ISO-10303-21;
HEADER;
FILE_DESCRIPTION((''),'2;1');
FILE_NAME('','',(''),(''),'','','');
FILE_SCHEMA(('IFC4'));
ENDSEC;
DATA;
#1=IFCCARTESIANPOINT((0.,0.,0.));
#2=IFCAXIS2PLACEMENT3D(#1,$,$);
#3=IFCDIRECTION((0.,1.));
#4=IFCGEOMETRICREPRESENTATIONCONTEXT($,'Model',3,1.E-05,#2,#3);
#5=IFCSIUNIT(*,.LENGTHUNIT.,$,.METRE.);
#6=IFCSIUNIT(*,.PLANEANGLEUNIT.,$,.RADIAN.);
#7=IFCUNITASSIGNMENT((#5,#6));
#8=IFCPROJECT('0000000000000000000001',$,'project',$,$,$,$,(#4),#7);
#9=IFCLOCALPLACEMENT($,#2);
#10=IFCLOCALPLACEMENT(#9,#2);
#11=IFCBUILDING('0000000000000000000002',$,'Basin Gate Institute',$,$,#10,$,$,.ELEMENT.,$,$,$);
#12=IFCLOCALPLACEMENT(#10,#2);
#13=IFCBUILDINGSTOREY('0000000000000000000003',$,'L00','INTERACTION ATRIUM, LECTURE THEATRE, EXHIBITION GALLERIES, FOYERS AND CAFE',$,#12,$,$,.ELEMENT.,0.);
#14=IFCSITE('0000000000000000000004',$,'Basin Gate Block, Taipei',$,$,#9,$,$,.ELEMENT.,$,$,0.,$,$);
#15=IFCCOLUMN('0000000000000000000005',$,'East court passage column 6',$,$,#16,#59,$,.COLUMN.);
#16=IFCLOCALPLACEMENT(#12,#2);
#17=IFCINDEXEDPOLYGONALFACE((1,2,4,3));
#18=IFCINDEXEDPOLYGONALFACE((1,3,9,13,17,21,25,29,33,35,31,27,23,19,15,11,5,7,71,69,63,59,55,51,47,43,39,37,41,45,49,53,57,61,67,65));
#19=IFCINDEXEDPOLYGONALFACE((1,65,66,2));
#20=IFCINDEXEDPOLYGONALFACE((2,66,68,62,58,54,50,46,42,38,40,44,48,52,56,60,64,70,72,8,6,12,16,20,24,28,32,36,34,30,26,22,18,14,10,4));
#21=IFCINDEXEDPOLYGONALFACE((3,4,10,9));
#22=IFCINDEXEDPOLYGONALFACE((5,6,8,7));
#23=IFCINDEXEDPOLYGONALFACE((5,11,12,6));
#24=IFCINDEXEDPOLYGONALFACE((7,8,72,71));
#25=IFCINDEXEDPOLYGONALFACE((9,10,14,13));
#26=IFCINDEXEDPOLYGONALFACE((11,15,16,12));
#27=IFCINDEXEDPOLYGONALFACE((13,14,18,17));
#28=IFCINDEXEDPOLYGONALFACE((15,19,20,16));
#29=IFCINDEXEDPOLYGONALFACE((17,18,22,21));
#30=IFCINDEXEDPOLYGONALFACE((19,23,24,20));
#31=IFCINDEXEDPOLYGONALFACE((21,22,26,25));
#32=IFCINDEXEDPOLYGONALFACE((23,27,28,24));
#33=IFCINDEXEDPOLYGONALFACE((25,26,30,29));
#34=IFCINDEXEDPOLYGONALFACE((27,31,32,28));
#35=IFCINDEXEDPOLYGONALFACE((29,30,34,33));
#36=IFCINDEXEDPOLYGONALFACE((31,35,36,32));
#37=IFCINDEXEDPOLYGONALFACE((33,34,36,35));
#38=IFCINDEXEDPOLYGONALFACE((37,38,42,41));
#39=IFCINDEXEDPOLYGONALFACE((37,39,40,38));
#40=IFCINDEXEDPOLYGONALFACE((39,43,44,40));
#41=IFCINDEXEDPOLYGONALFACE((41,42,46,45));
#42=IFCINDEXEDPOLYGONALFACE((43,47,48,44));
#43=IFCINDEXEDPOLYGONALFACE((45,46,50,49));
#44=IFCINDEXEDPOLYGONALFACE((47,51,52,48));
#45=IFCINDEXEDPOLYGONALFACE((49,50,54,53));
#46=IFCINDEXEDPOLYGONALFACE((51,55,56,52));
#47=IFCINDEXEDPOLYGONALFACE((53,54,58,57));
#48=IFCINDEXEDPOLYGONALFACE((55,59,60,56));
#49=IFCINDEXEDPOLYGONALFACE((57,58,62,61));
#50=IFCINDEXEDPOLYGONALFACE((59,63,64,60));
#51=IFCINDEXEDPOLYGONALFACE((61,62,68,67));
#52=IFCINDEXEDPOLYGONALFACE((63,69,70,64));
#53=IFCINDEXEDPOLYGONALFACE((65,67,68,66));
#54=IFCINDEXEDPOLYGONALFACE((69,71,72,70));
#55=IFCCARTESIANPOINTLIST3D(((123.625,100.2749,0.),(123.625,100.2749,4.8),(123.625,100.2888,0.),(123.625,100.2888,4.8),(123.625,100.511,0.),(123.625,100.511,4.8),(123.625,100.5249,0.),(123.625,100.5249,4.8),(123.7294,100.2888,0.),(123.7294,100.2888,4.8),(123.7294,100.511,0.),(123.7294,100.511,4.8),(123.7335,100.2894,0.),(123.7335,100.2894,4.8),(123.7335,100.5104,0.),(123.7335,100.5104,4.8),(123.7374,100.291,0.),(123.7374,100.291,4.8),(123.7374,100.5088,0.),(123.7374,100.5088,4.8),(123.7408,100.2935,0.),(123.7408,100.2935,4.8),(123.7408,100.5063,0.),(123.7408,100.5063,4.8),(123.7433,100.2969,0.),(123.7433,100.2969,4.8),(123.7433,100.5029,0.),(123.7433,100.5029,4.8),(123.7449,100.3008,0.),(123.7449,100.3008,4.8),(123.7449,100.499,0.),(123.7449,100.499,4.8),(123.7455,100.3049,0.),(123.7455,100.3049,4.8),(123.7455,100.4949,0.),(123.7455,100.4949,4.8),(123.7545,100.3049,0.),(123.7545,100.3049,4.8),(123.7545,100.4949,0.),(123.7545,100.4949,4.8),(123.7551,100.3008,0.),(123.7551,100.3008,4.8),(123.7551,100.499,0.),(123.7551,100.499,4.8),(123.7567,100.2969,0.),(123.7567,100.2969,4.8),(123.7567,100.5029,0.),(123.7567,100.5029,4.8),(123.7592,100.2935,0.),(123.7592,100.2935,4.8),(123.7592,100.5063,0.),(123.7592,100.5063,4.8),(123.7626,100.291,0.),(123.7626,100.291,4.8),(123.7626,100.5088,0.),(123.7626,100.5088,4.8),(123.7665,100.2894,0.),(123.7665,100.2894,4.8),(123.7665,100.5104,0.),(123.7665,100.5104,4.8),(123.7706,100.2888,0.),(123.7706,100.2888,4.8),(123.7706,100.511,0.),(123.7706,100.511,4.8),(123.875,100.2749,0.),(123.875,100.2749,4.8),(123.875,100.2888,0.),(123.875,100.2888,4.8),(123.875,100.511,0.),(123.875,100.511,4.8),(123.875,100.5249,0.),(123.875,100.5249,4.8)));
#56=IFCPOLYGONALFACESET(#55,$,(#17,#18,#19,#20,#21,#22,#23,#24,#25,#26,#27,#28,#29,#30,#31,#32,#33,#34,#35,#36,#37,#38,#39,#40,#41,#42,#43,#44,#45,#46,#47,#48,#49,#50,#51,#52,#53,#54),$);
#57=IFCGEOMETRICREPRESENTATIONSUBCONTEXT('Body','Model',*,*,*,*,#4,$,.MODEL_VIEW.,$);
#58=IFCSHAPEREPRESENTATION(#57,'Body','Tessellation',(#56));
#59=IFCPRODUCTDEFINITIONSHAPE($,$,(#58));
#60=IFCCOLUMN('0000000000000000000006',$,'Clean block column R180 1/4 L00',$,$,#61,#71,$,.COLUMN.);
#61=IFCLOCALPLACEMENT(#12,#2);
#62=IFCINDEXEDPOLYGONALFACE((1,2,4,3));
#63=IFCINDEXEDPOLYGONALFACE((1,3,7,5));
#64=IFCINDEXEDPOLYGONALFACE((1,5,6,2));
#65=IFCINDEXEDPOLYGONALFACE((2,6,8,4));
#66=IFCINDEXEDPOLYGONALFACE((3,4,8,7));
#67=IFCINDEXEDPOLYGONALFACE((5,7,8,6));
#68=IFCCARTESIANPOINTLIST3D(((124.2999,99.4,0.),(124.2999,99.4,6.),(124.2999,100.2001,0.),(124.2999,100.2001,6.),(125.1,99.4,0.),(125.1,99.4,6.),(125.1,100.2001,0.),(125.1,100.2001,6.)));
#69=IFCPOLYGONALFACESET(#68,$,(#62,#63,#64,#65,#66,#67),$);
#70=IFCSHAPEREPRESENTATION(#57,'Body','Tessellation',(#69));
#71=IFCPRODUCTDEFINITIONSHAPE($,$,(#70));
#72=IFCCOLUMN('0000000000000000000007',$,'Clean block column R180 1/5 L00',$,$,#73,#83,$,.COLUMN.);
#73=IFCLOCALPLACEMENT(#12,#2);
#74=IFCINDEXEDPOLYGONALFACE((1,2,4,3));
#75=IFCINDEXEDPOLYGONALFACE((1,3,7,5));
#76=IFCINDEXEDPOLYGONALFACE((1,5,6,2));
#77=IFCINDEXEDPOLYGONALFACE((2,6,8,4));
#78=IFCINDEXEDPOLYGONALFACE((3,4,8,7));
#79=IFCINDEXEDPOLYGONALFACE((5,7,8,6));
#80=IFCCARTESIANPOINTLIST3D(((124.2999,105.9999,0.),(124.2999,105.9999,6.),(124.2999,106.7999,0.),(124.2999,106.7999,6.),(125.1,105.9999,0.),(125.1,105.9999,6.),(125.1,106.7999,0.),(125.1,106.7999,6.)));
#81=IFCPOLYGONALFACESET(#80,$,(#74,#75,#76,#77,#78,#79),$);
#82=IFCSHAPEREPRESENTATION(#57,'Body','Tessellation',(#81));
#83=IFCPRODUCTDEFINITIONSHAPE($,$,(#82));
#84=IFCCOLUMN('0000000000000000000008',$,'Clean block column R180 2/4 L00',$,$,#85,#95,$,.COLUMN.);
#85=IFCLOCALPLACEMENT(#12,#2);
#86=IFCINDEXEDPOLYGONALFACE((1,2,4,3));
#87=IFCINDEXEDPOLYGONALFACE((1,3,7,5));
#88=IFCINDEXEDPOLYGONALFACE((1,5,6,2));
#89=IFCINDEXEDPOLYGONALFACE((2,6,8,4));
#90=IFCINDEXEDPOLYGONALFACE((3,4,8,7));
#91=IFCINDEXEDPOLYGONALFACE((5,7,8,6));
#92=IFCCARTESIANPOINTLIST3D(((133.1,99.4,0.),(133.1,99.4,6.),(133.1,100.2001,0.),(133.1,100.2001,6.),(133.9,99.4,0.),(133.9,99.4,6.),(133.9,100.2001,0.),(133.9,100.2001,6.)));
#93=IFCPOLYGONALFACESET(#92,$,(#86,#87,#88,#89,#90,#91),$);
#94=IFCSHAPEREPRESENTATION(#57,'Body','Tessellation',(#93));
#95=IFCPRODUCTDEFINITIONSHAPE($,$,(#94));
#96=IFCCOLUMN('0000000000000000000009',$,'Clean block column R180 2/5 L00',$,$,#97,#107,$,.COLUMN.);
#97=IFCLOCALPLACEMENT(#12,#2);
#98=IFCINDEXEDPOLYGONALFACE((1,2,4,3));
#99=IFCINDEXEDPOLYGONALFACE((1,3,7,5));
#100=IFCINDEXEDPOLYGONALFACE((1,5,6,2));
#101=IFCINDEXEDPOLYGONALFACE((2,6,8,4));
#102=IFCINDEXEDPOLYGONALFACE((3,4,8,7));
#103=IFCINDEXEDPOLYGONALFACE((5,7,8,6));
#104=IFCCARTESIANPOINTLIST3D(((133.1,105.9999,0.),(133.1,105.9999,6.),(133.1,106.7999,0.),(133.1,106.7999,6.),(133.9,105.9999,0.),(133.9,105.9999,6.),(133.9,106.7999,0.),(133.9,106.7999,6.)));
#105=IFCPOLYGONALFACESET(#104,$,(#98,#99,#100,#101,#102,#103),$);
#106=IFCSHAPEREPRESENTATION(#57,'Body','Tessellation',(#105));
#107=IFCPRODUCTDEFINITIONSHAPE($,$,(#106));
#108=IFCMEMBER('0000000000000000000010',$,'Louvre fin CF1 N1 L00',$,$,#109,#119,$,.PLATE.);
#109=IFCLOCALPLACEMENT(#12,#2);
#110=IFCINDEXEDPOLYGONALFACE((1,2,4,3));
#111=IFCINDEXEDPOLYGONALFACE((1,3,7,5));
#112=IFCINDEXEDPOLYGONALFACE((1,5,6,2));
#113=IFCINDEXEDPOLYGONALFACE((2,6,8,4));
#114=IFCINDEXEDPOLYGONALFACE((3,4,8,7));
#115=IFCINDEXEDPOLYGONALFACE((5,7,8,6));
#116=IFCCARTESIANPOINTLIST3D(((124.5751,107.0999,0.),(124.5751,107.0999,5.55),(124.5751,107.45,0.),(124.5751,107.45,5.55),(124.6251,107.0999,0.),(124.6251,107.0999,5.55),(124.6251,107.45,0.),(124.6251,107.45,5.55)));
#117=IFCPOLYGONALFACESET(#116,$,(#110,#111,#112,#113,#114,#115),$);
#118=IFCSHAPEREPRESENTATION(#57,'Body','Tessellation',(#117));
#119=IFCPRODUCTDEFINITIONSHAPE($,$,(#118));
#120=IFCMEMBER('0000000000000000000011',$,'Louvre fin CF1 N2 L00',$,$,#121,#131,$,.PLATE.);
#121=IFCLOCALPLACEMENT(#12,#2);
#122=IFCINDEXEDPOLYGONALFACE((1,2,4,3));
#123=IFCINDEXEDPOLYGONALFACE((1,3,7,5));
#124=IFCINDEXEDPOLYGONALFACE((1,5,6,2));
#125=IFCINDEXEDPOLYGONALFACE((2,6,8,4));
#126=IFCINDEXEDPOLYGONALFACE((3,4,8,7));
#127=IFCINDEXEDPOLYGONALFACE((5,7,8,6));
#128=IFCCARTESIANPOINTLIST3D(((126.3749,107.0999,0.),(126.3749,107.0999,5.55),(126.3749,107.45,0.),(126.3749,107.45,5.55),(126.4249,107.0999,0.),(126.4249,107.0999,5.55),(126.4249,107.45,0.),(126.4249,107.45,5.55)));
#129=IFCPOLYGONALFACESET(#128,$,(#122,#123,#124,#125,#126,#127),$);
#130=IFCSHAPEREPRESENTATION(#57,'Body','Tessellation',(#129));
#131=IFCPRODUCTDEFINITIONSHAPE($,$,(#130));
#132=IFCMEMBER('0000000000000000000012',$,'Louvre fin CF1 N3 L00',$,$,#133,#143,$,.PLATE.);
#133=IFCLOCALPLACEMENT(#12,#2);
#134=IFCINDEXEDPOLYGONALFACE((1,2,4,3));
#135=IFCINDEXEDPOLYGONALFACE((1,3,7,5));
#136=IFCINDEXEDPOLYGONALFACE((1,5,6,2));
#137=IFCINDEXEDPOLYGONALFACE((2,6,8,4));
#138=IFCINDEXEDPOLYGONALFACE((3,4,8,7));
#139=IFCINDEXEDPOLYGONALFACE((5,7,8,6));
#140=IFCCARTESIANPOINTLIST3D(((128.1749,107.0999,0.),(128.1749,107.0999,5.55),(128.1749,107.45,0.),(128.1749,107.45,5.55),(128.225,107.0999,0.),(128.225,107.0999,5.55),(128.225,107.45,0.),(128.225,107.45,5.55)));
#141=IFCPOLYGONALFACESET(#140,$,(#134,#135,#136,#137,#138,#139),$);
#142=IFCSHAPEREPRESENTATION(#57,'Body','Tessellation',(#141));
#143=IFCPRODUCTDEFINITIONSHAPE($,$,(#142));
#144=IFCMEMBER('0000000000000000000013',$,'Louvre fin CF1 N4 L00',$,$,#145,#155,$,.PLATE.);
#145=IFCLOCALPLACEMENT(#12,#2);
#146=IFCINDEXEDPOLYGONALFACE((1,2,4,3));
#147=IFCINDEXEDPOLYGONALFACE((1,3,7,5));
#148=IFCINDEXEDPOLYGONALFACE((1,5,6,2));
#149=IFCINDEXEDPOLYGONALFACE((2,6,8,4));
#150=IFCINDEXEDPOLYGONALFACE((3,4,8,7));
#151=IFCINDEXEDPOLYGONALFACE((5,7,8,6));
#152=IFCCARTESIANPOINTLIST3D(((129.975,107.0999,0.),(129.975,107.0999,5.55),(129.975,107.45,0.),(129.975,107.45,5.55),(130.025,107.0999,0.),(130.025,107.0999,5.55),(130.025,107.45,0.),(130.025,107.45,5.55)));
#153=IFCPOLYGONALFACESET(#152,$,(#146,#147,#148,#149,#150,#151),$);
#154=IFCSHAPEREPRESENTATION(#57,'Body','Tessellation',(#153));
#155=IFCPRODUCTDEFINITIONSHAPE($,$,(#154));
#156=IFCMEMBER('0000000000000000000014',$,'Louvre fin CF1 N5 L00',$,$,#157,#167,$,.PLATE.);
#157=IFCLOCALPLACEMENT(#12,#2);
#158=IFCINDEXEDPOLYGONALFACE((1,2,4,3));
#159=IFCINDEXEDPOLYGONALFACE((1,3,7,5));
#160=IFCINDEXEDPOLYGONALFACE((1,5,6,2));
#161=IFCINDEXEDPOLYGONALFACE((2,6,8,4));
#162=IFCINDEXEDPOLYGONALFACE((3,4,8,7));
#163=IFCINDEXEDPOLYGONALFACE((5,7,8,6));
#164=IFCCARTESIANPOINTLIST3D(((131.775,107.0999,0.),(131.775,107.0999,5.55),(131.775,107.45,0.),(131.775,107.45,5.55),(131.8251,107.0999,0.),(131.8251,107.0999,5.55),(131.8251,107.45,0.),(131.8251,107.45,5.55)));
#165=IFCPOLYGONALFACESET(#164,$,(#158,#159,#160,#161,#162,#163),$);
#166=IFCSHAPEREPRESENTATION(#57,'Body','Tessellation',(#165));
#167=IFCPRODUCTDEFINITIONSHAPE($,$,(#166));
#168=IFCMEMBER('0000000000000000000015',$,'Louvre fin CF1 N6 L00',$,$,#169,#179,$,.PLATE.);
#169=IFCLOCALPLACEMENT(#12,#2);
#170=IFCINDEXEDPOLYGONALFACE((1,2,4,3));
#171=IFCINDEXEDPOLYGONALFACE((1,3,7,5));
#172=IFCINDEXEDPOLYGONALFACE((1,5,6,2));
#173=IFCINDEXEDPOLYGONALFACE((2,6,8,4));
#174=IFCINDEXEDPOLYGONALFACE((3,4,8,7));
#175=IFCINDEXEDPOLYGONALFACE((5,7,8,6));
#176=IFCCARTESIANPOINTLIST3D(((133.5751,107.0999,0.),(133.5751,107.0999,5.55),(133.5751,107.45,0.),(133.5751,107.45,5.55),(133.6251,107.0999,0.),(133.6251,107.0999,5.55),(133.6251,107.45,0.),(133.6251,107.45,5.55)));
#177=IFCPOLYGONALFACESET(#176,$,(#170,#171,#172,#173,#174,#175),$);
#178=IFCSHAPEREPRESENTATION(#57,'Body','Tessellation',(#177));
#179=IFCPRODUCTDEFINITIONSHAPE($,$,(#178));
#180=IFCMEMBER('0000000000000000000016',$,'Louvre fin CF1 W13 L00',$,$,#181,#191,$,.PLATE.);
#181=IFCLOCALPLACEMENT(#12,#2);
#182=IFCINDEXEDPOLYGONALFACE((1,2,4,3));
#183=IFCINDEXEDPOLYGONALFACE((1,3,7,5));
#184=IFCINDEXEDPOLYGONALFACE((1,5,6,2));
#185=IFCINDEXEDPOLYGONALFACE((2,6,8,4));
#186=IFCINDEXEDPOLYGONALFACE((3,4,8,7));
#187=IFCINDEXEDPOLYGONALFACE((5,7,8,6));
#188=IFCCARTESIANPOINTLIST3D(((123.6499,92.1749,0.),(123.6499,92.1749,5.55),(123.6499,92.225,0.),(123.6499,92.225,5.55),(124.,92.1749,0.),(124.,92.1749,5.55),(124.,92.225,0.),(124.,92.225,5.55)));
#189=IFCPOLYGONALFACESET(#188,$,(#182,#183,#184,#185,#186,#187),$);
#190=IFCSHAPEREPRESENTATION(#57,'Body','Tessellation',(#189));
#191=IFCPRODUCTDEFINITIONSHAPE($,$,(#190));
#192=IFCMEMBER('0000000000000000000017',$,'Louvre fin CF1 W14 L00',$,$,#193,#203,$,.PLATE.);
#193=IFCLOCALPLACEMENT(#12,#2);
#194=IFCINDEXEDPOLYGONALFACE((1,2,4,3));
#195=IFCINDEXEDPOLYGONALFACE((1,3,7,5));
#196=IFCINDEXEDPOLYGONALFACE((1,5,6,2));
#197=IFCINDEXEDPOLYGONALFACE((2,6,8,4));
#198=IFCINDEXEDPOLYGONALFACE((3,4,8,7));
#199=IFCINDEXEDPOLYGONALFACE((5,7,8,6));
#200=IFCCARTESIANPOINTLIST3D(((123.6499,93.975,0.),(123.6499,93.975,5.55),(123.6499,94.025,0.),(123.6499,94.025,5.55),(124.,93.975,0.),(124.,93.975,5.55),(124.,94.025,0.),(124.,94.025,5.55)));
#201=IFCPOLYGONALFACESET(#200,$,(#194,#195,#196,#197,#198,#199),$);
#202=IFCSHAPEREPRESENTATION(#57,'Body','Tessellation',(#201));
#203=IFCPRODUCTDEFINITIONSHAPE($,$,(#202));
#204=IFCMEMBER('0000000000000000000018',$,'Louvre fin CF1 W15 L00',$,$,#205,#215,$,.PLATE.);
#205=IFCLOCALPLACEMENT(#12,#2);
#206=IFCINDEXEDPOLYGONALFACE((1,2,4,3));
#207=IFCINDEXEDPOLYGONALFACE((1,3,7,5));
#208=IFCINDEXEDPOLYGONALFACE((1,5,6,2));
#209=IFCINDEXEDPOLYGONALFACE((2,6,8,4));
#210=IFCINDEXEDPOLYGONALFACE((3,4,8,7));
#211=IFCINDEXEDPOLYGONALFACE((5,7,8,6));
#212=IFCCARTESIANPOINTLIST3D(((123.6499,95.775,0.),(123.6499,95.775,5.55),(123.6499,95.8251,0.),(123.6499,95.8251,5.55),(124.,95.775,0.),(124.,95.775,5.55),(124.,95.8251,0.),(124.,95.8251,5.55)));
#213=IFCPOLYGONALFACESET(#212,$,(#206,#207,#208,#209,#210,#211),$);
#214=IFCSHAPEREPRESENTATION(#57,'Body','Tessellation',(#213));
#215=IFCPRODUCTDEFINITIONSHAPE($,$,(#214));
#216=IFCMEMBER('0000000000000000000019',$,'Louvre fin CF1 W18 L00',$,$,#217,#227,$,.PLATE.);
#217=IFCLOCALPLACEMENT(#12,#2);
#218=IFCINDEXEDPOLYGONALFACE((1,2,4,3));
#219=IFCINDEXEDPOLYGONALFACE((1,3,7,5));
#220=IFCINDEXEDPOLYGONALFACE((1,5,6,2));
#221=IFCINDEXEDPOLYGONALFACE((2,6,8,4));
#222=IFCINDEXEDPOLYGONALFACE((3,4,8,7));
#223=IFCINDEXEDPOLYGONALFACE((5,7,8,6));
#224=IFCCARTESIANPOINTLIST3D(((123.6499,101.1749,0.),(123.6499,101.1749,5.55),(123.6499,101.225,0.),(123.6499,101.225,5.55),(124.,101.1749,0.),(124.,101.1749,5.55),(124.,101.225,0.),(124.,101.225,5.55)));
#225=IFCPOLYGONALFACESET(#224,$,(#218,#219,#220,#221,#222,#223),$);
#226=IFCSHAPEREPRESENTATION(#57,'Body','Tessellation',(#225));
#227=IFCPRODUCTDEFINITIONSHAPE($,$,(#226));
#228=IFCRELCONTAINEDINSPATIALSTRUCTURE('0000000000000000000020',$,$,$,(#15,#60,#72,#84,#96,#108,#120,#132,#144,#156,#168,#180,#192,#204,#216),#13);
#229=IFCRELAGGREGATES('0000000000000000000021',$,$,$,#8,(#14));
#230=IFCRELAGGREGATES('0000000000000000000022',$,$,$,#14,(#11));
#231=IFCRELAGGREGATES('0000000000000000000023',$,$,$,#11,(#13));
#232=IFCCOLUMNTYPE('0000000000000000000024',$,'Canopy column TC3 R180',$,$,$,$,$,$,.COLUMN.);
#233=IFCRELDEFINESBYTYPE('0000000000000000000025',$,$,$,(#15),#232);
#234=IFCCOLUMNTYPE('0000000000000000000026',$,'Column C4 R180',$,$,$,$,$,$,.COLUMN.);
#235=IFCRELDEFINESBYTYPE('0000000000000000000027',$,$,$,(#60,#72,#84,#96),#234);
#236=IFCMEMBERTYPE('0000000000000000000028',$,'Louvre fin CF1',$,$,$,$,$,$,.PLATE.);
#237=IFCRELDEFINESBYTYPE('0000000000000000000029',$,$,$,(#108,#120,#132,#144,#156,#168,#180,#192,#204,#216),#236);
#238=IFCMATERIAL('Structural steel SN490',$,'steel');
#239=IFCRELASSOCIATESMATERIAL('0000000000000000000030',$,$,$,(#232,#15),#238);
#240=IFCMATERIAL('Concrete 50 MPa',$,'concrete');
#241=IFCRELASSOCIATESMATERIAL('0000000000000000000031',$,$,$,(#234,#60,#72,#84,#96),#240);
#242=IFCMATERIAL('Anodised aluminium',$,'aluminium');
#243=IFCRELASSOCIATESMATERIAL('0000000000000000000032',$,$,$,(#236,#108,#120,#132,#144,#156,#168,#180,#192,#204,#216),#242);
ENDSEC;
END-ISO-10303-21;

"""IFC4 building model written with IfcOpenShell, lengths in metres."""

from ifc_helpers import new_model, si_unit, direction, frame, origin, origin_2d, place, context, subcontext, project, spatial, rectangle, i_section, extrude, material, material_profile, profile_set, type_object, element, save


model = new_model("IFC4")

# Units and contexts
model_context = context("Model", 3, precision=1e-05, world=origin(), true_north=direction((0.0, 1.0)))
body_context = subcontext(model_context, "Body", "Model", "MODEL_VIEW")
ifc_project = project(units=[si_unit("LENGTHUNIT", "METRE"), si_unit("PLANEANGLEUNIT", "RADIAN")], contexts=[model_context])

# Site, building, storey
site_placement = place(None, origin())
site = spatial("IfcSite", under=ifc_project, at=site_placement, Name="Basin Gate Block, Taipei", CompositionType="ELEMENT", RefElevation=0.0)
building_placement = place(site_placement, origin())
building = spatial("IfcBuilding", under=site, at=building_placement, Name="Basin Gate Institute", CompositionType="ELEMENT")
storey_placement = place(building_placement, origin())
storey = spatial("IfcBuildingStorey", under=building, at=storey_placement, Name="L00", Description="INTERACTION ATRIUM, LECTURE THEATRE, EXHIBITION GALLERIES, FOYERS AND CAFE", CompositionType="ELEMENT", Elevation=0.0)

# Columns
ifc_material_1 = material(Name="Structural steel SN490", Category="steel")
ifc_material_profile_1 = material_profile(ifc_material_1, i_section(OverallWidth=0.25, OverallDepth=0.25, WebThickness=0.009, FlangeThickness=0.0139, FilletRadius=0.0161, at=origin_2d()), Name="H250x250")
ifc_profile_set_1 = profile_set([ifc_material_profile_1], Name="Structural steel SN490")
column_type_1 = type_object("IfcColumnType", Name="Canopy column TC3 R180", PredefinedType="COLUMN", material=ifc_profile_set_1)
column_placement = place(storey_placement, frame((123.75, 100.3999, 0.0), z_axis=(0.0, 0.0, 1.0), x_axis=(1.0, 0.0, 0.0)))
element("IfcColumn", 1, at=column_placement, inside=storey, type_object=column_type_1, material=ifc_profile_set_1, Name="East court passage column 6", PredefinedType="COLUMN", context=body_context, shape_type="SweptSolid", body=[
    extrude(i_section(OverallWidth=0.25, OverallDepth=0.25, WebThickness=0.009, FlangeThickness=0.0139, FilletRadius=0.0161, at=origin_2d()), origin(), (0.0, 0.0, 1.0), 4.8),
])
ifc_material_2 = material(Name="Concrete 50 MPa", Category="concrete")
ifc_material_profile_2 = material_profile(ifc_material_2, rectangle(XDim=0.8, YDim=0.8, at=origin_2d()), Name="Column C4 800 x 800")
ifc_profile_set_2 = profile_set([ifc_material_profile_2], Name="Concrete 50 MPa")
column_type_2 = type_object("IfcColumnType", Name="Column C4 R180", PredefinedType="COLUMN", material=ifc_profile_set_2)
for number, where, z_axis, x_axis, name in (
    (2, (124.7, 99.8, 0.0), (0.0, 0.0, 1.0), (1.0, 0.0, 0.0), "Clean block column R180 1/4 L00"),
    (3, (124.7, 106.3999, 0.0), (0.0, 0.0, 1.0), (1.0, 0.0, 0.0), "Clean block column R180 1/5 L00"),
    (4, (133.5, 99.8, 0.0), (0.0, 0.0, 1.0), (1.0, 0.0, 0.0), "Clean block column R180 2/4 L00"),
    (5, (133.5, 106.3999, 0.0), (0.0, 0.0, 1.0), (1.0, 0.0, 0.0), "Clean block column R180 2/5 L00"),
):
    element("IfcColumn", number, at=place(storey_placement, frame(where, z_axis=z_axis, x_axis=x_axis)), inside=storey, type_object=column_type_2, material=ifc_profile_set_2, Name=name, PredefinedType="COLUMN", context=body_context, shape_type="SweptSolid", body=[
        extrude(rectangle(XDim=0.8, YDim=0.8, at=origin_2d()), origin(), (0.0, 0.0, 1.0), 6.0),
    ])

# Members
ifc_material_3 = material(Name="Anodised aluminium", Category="aluminium")
ifc_material_profile_3 = material_profile(ifc_material_3, rectangle(XDim=0.05, YDim=0.3501, at=origin_2d()), Name="Louvre fin CF1 50 x 350")
ifc_profile_set_3 = profile_set([ifc_material_profile_3], Name="Anodised aluminium")
member_type = type_object("IfcMemberType", Name="Louvre fin CF1", PredefinedType="PLATE", material=ifc_profile_set_3)
for number, where, z_axis, x_axis, name in (
    (6, (124.6001, 107.2749, 0.0), (0.0, 0.0, 1.0), (1.0, 0.0, 0.0), "Louvre fin CF1 N1 L00"),
    (7, (126.3999, 107.2749, 0.0), (0.0, 0.0, 1.0), (1.0, 0.0, 0.0), "Louvre fin CF1 N2 L00"),
    (8, (128.2, 107.2749, 0.0), (0.0, 0.0, 1.0), (1.0, 0.0, 0.0), "Louvre fin CF1 N3 L00"),
    (9, (130.0, 107.2749, 0.0), (0.0, 0.0, 1.0), (1.0, 0.0, 0.0), "Louvre fin CF1 N4 L00"),
    (10, (131.8, 107.2749, 0.0), (0.0, 0.0, 1.0), (1.0, 0.0, 0.0), "Louvre fin CF1 N5 L00"),
    (11, (133.6001, 107.2749, 0.0), (0.0, 0.0, 1.0), (1.0, 0.0, 0.0), "Louvre fin CF1 N6 L00"),
    (12, (123.825, 92.2, 0.0), (0.0, 0.0, 1.0), (0.0, 1.0, 0.0), "Louvre fin CF1 W13 L00"),
    (13, (123.825, 94.0, 0.0), (0.0, 0.0, 1.0), (0.0, 1.0, 0.0), "Louvre fin CF1 W14 L00"),
    (14, (123.825, 95.8, 0.0), (0.0, 0.0, 1.0), (0.0, 1.0, 0.0), "Louvre fin CF1 W15 L00"),
    (15, (123.825, 101.2, 0.0), (0.0, 0.0, 1.0), (0.0, 1.0, 0.0), "Louvre fin CF1 W18 L00"),
):
    element("IfcMember", number, at=place(storey_placement, frame(where, z_axis=z_axis, x_axis=x_axis)), inside=storey, type_object=member_type, material=ifc_profile_set_3, Name=name, PredefinedType="PLATE", context=body_context, shape_type="SweptSolid", body=[
        extrude(rectangle(XDim=0.05, YDim=0.3501, at=origin_2d()), origin(), (0.0, 0.0, 1.0), 5.55),
    ])

save(model, "model.ifc")
